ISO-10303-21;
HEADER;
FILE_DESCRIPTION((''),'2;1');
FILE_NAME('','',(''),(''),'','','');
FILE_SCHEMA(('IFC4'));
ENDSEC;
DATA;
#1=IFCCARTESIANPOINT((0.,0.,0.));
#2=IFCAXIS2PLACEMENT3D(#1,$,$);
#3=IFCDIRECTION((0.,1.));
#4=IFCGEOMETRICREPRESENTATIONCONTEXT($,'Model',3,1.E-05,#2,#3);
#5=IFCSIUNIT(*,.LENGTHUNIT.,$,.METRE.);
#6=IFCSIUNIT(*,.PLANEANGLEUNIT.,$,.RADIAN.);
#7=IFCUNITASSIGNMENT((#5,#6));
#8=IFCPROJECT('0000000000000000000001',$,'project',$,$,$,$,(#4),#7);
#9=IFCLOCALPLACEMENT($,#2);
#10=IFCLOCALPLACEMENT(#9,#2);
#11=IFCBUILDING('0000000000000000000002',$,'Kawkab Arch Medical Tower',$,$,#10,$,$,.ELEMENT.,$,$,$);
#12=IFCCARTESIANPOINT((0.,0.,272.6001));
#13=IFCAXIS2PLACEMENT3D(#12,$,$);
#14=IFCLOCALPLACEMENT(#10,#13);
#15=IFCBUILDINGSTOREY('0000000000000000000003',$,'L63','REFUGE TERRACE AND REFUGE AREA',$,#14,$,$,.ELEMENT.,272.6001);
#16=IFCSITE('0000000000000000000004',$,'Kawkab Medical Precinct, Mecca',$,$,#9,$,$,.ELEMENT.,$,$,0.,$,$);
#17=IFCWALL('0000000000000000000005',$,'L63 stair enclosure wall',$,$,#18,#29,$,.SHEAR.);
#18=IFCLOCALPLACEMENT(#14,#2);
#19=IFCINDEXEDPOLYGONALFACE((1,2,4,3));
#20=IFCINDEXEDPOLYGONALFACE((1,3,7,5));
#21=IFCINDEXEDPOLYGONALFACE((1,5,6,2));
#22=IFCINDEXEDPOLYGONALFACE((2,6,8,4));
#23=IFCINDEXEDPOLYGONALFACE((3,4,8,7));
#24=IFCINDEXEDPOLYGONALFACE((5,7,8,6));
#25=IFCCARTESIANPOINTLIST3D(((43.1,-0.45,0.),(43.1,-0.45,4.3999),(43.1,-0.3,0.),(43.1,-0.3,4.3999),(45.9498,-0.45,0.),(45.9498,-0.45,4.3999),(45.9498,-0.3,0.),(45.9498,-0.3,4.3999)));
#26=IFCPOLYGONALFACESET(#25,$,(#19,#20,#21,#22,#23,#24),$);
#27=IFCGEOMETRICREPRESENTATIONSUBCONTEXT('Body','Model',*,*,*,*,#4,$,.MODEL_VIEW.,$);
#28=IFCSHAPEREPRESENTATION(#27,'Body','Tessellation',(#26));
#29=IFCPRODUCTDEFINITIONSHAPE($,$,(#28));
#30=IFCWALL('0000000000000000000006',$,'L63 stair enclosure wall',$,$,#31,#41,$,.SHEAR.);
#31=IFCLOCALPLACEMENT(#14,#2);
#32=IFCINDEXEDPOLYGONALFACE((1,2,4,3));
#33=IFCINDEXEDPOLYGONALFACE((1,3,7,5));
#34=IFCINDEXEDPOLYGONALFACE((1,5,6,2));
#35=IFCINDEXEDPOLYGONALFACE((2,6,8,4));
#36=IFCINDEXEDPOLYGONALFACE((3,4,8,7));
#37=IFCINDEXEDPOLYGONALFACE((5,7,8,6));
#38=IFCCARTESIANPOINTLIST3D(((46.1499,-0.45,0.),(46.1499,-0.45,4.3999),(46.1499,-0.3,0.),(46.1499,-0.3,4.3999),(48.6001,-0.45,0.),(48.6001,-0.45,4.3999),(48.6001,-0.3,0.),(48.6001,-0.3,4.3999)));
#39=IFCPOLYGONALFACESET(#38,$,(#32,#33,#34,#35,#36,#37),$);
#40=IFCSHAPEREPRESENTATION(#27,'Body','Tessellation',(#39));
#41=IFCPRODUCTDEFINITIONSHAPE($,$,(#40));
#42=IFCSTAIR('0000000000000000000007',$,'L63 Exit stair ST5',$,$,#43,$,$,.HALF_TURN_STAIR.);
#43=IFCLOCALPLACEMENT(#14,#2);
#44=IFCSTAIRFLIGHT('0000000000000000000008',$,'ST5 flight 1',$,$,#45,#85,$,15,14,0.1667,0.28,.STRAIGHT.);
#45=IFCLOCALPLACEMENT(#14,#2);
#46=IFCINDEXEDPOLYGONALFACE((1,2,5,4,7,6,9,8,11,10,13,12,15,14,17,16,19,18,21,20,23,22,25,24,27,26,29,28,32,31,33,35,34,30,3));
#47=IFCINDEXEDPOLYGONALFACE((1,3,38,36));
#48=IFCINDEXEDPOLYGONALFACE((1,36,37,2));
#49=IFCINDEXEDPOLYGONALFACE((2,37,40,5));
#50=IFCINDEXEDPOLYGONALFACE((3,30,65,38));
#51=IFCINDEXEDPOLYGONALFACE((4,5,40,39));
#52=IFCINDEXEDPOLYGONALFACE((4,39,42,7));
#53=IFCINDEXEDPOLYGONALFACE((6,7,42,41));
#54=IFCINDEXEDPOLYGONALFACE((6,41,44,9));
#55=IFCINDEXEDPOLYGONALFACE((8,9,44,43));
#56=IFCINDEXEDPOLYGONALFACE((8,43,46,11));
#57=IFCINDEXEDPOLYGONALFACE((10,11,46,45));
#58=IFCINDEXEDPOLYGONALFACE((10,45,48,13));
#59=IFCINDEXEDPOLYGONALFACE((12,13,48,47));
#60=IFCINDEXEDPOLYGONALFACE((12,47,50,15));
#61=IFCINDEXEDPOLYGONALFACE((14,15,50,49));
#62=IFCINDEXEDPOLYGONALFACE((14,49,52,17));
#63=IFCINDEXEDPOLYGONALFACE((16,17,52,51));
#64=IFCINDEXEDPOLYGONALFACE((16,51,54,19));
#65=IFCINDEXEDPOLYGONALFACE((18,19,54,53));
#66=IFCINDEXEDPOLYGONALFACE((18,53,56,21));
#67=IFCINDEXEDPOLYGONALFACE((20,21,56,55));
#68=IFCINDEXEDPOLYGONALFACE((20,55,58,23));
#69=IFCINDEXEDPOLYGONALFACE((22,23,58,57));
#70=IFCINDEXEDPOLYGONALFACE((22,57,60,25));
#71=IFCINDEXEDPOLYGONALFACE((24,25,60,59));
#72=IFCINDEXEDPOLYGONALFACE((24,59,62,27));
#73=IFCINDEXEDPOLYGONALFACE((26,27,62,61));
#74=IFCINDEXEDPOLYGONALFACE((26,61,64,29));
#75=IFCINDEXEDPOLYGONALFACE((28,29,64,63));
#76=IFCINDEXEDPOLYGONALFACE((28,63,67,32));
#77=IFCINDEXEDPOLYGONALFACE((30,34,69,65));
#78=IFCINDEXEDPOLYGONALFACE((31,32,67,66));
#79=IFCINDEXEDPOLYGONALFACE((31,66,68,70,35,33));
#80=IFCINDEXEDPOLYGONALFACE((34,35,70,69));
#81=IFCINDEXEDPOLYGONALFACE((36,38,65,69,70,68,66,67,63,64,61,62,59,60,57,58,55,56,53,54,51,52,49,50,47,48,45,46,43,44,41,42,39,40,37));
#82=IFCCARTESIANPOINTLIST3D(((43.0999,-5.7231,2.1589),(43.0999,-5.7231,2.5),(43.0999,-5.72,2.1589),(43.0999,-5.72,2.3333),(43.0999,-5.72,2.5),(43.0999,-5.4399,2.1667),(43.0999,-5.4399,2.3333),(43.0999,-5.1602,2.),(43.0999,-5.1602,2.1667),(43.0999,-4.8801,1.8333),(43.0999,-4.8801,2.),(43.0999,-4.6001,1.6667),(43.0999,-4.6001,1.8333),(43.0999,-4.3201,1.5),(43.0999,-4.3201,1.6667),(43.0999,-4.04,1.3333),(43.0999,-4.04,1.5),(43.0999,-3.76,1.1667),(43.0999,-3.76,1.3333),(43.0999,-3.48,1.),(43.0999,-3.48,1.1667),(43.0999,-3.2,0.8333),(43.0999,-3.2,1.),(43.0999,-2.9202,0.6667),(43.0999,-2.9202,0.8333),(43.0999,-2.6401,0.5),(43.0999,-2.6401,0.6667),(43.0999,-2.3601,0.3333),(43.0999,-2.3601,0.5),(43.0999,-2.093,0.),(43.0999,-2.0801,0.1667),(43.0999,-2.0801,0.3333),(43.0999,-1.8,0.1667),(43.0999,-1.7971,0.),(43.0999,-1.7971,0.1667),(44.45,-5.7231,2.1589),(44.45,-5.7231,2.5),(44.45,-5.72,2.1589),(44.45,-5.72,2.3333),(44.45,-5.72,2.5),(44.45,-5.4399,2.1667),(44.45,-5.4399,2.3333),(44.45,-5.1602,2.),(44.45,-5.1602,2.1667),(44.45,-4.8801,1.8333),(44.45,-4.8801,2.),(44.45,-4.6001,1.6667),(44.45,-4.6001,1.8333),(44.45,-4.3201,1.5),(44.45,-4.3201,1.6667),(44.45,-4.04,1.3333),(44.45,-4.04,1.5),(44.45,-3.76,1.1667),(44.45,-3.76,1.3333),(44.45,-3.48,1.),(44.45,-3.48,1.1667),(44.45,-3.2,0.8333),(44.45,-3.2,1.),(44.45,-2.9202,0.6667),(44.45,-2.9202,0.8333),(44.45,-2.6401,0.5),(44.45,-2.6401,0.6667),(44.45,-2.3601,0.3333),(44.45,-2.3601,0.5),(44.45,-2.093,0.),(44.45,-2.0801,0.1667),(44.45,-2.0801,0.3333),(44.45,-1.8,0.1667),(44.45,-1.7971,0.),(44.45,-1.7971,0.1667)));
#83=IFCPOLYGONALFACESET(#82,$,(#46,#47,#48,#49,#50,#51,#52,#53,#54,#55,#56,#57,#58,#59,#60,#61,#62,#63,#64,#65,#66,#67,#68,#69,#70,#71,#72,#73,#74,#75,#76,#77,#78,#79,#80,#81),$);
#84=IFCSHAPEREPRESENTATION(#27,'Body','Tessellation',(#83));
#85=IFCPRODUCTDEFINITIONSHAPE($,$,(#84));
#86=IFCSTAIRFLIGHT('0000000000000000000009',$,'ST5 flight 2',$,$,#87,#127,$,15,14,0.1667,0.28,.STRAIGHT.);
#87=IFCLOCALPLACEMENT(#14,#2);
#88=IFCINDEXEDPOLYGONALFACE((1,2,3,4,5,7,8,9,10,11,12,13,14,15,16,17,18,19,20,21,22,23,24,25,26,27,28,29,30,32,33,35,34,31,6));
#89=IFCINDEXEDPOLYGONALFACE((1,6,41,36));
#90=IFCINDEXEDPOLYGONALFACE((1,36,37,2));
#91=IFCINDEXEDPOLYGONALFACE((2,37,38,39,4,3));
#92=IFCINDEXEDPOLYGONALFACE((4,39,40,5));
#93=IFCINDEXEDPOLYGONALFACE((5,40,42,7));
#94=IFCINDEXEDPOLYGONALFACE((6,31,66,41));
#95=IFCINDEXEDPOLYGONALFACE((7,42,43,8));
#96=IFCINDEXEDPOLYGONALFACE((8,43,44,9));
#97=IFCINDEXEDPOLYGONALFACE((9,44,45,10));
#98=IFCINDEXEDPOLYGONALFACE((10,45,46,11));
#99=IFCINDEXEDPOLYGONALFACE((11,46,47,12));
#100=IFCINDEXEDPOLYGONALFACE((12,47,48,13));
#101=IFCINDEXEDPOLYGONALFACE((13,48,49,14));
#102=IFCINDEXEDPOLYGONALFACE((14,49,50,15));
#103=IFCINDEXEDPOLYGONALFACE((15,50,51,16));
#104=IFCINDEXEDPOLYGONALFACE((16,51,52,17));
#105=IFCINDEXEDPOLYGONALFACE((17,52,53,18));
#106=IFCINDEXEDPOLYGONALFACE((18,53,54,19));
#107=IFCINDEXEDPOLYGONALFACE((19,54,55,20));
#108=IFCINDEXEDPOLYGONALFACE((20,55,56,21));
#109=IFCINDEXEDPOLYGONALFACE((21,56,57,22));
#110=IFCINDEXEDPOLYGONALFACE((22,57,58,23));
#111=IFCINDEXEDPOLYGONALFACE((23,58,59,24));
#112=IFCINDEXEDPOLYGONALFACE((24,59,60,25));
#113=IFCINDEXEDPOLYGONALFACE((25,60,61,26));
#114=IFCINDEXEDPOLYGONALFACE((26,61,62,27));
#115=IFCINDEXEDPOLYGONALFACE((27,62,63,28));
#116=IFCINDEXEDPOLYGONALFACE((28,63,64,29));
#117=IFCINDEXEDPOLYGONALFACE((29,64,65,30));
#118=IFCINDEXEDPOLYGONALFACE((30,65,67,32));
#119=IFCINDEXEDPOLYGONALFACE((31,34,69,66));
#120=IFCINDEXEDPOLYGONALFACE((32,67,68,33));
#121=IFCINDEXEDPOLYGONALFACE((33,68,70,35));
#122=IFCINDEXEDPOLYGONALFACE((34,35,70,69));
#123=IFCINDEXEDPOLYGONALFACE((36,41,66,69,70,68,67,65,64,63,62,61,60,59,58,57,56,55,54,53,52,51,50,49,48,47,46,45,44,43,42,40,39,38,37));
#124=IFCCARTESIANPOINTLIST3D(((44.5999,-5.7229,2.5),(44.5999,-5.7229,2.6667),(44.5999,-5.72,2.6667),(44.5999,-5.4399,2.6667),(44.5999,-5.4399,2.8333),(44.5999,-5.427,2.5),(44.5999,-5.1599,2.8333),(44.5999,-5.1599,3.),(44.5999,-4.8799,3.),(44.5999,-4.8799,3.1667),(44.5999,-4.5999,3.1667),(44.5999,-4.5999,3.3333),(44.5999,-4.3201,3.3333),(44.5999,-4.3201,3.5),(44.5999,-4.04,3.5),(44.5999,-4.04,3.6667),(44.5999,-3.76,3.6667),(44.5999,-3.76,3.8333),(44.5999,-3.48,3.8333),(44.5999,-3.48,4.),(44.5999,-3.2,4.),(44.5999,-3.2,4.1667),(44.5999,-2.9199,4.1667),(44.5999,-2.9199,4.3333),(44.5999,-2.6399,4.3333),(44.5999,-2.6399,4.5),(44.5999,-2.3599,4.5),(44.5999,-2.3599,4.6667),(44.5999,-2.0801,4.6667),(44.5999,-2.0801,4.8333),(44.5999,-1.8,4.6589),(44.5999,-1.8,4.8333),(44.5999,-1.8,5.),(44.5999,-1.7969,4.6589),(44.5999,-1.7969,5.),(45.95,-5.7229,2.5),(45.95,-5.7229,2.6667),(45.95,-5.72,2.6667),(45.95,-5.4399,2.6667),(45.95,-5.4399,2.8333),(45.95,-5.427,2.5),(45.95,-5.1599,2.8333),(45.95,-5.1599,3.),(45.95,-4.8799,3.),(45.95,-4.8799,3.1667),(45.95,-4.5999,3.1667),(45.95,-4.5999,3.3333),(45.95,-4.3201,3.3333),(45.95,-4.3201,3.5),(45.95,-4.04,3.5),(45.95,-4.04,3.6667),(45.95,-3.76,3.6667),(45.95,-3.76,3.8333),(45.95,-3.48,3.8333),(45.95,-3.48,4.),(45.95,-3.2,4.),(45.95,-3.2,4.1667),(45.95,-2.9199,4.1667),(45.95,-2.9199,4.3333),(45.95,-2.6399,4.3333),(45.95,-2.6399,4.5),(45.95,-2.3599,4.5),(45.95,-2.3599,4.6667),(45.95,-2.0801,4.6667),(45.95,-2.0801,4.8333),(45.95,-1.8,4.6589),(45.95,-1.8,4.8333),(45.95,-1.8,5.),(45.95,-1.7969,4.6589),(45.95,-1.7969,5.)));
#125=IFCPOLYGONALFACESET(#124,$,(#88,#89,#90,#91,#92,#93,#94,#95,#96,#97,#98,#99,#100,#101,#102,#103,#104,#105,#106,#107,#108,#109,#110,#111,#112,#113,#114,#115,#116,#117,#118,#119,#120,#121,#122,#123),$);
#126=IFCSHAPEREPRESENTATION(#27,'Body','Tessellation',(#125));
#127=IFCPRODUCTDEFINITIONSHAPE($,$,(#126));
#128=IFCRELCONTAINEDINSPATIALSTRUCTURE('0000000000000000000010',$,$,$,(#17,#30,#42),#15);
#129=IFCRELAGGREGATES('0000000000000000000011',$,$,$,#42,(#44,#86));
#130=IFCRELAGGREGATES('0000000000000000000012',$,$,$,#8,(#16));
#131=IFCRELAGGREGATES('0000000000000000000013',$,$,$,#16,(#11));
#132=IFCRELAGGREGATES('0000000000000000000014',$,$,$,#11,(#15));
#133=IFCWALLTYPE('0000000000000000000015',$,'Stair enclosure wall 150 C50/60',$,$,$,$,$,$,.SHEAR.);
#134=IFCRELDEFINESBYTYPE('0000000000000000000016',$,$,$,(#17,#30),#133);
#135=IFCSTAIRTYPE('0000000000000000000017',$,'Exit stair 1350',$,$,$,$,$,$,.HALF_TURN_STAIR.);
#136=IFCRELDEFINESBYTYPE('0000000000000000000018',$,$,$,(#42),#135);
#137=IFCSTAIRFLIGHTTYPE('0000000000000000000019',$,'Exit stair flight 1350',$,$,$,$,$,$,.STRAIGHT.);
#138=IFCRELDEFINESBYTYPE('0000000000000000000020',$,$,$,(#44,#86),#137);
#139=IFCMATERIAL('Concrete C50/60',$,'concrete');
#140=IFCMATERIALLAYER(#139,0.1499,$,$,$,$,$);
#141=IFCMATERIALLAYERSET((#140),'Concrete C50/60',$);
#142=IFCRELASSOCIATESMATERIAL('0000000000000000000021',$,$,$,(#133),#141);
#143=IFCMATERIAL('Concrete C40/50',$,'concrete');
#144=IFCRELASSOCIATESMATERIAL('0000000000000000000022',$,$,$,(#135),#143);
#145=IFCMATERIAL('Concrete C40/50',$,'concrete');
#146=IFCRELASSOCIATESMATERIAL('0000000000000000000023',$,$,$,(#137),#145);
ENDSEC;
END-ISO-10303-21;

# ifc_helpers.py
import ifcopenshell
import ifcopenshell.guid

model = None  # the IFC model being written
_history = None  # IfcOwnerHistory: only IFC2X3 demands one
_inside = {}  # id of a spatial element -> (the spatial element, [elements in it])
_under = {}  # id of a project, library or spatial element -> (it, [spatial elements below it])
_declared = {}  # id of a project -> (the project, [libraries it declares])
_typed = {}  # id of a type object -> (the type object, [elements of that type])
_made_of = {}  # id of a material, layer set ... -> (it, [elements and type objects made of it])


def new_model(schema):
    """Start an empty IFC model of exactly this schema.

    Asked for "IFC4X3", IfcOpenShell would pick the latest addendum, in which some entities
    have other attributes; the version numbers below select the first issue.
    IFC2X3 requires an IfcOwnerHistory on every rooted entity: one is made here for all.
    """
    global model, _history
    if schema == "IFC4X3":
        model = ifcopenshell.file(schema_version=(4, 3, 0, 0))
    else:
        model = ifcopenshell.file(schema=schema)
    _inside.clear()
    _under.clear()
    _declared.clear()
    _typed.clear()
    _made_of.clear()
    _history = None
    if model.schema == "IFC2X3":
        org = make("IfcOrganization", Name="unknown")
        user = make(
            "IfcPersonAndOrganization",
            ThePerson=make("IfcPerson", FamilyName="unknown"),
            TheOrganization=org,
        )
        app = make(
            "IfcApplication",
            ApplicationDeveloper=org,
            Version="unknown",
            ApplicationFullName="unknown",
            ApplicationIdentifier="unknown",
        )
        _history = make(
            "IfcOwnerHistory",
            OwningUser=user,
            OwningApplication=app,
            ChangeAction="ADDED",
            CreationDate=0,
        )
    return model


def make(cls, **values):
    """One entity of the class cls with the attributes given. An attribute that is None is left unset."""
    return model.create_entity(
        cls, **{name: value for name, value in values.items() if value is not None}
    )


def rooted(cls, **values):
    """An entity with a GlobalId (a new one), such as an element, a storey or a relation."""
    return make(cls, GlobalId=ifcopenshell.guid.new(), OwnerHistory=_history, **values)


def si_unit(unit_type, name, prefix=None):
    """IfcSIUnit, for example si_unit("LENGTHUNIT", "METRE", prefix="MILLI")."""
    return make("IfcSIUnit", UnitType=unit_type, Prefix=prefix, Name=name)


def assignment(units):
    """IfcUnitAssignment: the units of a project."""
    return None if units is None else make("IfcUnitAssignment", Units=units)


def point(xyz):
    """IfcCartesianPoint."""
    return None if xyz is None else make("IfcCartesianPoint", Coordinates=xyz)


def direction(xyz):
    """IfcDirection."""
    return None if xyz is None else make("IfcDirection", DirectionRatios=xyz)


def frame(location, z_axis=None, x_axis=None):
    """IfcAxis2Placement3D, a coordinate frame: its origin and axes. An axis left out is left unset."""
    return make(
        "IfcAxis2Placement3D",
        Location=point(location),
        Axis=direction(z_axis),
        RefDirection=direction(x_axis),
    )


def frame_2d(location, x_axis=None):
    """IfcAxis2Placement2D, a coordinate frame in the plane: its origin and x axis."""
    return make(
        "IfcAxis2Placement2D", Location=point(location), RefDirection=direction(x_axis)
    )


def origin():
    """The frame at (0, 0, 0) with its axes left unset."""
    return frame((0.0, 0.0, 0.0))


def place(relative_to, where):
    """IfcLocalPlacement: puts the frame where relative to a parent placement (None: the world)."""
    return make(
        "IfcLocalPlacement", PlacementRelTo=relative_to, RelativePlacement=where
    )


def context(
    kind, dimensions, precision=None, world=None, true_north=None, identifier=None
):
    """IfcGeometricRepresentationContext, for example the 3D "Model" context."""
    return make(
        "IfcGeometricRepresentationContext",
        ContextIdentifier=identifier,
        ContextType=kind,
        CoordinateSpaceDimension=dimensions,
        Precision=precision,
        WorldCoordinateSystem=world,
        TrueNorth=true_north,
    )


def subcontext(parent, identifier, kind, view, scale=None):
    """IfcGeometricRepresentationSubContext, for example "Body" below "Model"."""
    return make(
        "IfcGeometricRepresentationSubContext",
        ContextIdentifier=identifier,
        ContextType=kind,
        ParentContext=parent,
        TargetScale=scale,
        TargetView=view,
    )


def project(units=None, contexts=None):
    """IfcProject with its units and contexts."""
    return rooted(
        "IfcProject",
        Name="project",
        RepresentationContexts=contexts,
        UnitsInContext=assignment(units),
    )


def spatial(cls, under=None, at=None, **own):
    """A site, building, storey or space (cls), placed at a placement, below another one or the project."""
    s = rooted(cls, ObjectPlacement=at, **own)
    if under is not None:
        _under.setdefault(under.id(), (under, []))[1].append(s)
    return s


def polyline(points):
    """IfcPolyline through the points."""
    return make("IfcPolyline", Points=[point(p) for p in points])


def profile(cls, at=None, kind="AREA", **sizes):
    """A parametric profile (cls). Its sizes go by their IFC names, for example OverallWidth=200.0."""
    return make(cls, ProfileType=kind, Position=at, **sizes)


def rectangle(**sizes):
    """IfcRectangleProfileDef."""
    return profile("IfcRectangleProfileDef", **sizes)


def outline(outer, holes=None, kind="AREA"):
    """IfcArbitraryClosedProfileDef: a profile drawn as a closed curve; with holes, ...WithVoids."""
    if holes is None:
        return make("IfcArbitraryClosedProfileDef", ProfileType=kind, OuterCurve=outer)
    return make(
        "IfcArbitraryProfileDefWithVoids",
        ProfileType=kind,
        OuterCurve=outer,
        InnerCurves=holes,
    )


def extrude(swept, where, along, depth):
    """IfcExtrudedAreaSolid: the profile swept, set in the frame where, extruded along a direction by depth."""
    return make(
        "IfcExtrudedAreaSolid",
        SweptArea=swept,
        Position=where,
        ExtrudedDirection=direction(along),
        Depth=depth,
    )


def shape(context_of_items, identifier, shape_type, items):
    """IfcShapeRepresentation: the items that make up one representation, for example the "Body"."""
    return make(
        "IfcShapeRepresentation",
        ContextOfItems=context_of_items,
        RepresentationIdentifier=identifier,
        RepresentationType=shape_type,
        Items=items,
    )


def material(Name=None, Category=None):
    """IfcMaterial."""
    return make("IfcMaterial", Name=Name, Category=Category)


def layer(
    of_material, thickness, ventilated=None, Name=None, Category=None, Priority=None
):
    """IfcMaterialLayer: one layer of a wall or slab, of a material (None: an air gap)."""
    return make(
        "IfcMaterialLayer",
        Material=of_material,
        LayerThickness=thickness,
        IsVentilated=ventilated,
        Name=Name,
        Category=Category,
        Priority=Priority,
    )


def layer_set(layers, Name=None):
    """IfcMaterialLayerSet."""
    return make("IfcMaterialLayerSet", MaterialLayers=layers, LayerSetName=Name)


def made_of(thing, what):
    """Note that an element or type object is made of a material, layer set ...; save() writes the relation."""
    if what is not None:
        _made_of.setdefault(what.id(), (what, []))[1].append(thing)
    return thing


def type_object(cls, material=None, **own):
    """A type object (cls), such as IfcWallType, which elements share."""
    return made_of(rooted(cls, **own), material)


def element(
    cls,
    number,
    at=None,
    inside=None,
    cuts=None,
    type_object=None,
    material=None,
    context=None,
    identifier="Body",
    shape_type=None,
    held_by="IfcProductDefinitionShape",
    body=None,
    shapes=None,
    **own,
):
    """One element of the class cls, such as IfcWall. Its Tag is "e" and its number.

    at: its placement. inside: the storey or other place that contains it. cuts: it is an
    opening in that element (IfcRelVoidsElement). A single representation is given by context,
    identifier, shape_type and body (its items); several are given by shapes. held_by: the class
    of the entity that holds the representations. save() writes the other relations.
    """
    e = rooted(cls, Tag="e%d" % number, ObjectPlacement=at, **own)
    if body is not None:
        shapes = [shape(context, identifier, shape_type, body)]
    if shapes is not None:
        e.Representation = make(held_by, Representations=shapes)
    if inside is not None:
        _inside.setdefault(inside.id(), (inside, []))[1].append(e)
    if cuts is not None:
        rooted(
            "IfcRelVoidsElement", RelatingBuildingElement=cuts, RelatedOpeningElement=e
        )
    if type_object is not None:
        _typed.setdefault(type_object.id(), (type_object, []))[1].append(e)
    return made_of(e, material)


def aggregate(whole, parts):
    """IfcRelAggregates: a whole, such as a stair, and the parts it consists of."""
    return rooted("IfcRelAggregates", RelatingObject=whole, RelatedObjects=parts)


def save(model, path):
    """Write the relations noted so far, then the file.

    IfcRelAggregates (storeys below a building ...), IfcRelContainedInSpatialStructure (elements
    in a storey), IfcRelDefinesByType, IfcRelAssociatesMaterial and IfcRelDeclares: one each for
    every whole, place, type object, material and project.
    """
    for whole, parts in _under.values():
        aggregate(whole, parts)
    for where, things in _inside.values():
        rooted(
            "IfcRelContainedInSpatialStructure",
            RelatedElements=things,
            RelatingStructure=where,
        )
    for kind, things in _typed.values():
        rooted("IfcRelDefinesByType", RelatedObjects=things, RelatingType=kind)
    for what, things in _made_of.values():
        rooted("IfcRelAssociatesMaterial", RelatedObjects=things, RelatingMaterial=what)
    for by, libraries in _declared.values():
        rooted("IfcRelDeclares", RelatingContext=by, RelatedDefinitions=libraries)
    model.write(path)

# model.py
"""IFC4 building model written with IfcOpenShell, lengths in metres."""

from ifc_helpers import new_model, si_unit, direction, frame, frame_2d, origin, place, context, subcontext, project, spatial, polyline, rectangle, outline, extrude, material, layer, layer_set, type_object, element, aggregate, save


model = new_model("IFC4")

# Units and contexts
model_context = context("Model", 3, precision=1e-05, world=origin(), true_north=direction((0.0, 1.0)))
body_context = subcontext(model_context, "Body", "Model", "MODEL_VIEW")
ifc_project = project(units=[si_unit("LENGTHUNIT", "METRE"), si_unit("PLANEANGLEUNIT", "RADIAN")], contexts=[model_context])

# Site, building, storey
site_placement = place(None, origin())
site = spatial("IfcSite", under=ifc_project, at=site_placement, Name="Kawkab Medical Precinct, Mecca", CompositionType="ELEMENT", RefElevation=0.0)
building_placement = place(site_placement, origin())
building = spatial("IfcBuilding", under=site, at=building_placement, Name="Kawkab Arch Medical Tower", CompositionType="ELEMENT")
storey_placement = place(building_placement, frame((0.0, 0.0, 272.6001)))
storey = spatial("IfcBuildingStorey", under=building, at=storey_placement, Name="L63", Description="REFUGE TERRACE AND REFUGE AREA", CompositionType="ELEMENT", Elevation=272.6001)

# Shared definitions
placement = place(storey_placement, origin())

# Walls
ifc_material_1 = material(Name="Concrete C50/60", Category="concrete")
ifc_layer_1 = layer(ifc_material_1, 0.1499)
ifc_layer_set_1 = layer_set([ifc_layer_1], Name="Concrete C50/60")
wall_type_1 = type_object("IfcWallType", Name="Stair enclosure wall 150 C50/60", PredefinedType="SHEAR", material=ifc_layer_set_1)
wall_1_placement = place(storey_placement, frame((43.1001, -0.375, 0.0), z_axis=(0.0, 0.0, 1.0), x_axis=(1.0, 0.0, 0.0)))
element("IfcWall", 1, at=wall_1_placement, inside=storey, type_object=wall_type_1, Name="L63 stair enclosure wall", PredefinedType="SHEAR", context=body_context, shape_type="SweptSolid", body=[
    extrude(rectangle(XDim=2.8499, YDim=0.1499, at=frame_2d((1.4248, 0.0))), origin(), (0.0, 0.0, 1.0), 4.3999),
])
wall_2_placement = place(storey_placement, frame((46.1499, -0.375, 0.0), z_axis=(0.0, 0.0, 1.0), x_axis=(1.0, 0.0, 0.0)))
element("IfcWall", 2, at=wall_2_placement, inside=storey, type_object=wall_type_1, Name="L63 stair enclosure wall", PredefinedType="SHEAR", context=body_context, shape_type="SweptSolid", body=[
    extrude(rectangle(XDim=2.4502, YDim=0.1499, at=frame_2d((1.2251, 0.0))), origin(), (0.0, 0.0, 1.0), 4.3999),
])

# Stair, stair flights
ifc_material_2 = material(Name="Concrete C40/50", Category="concrete")
stair_type = type_object("IfcStairType", Name="Exit stair 1350", PredefinedType="HALF_TURN_STAIR", material=ifc_material_2)
stair = element("IfcStair", 3, at=placement, inside=storey, type_object=stair_type, Name="L63 Exit stair ST5", PredefinedType="HALF_TURN_STAIR")
ifc_material_3 = material(Name="Concrete C40/50", Category="concrete")
stair_flight_type = type_object("IfcStairFlightType", Name="Exit stair flight 1350", PredefinedType="STRAIGHT", material=ifc_material_3)
stair_flight_1_placement = place(storey_placement, frame((43.7749, -1.8, 0.0), z_axis=(0.0, 0.0, 1.0), x_axis=(0.0, -1.0, 0.0)))
stair_flight_1 = element("IfcStairFlight", 4, at=stair_flight_1_placement, type_object=stair_flight_type, Name="ST5 flight 1", NumberOfRisers=15, NumberOfTreads=14, PredefinedType="STRAIGHT", RiserHeight=0.1667, TreadLength=0.28, context=body_context, shape_type="SweptSolid", body=[
    extrude(outline(polyline([(-0.0029, 0.0), (-0.0029, 0.1667), (0.0, 0.1667), (0.28, 0.1667), (0.28, 0.3333), (0.5601, 0.3333), (0.5601, 0.5), (0.8401, 0.5), (0.8401, 0.6667), (1.1201, 0.6667), (1.1201, 0.8333), (1.3999, 0.8333), (1.3999, 1.0), (1.6799, 1.0), (1.6799, 1.1667), (1.96, 1.1667), (1.96, 1.3333), (2.24, 1.3333), (2.24, 1.5), (2.52, 1.5), (2.52, 1.6667), (2.8, 1.6667), (2.8, 1.8333), (3.0801, 1.8333), (3.0801, 2.0), (3.3601, 2.0), (3.3601, 2.1667), (3.6399, 2.1667), (3.6399, 2.3333), (3.9199, 2.3333), (3.9199, 2.5), (3.9231, 2.5), (3.9231, 2.1589), (3.9199, 2.1589), (0.293, 0.0), (-0.0029, 0.0)])), frame((0.0, 0.675, 0.0), z_axis=(0.0, -1.0, 0.0), x_axis=(1.0, 0.0, 0.0)), (0.0, 0.0, 1.0), 1.3501),
])
stair_flight_2_placement = place(storey_placement, frame((45.2749, -5.72, 2.5), z_axis=(0.0, 0.0, 1.0), x_axis=(0.0, 1.0, 0.0)))
stair_flight_2 = element("IfcStairFlight", 5, at=stair_flight_2_placement, type_object=stair_flight_type, Name="ST5 flight 2", NumberOfRisers=15, NumberOfTreads=14, PredefinedType="STRAIGHT", RiserHeight=0.1667, TreadLength=0.28, context=body_context, shape_type="SweptSolid", body=[
    extrude(outline(polyline([(-0.0029, 0.0), (-0.0029, 0.1667), (0.0, 0.1667), (0.28, 0.1667), (0.28, 0.3333), (0.5601, 0.3333), (0.5601, 0.5), (0.8401, 0.5), (0.8401, 0.6667), (1.1201, 0.6667), (1.1201, 0.8333), (1.3999, 0.8333), (1.3999, 1.0), (1.6799, 1.0), (1.6799, 1.1667), (1.96, 1.1667), (1.96, 1.3333), (2.24, 1.3333), (2.24, 1.5), (2.52, 1.5), (2.52, 1.6667), (2.8, 1.6667), (2.8, 1.8333), (3.0801, 1.8333), (3.0801, 2.0), (3.3601, 2.0), (3.3601, 2.1667), (3.6399, 2.1667), (3.6399, 2.3333), (3.9199, 2.3333), (3.9199, 2.5), (3.9231, 2.5), (3.9231, 2.1589), (3.9199, 2.1589), (0.293, 0.0), (-0.0029, 0.0)])), frame((0.0, 0.675, 0.0), z_axis=(0.0, -1.0, 0.0), x_axis=(1.0, 0.0, 0.0)), (0.0, 0.0, 1.0), 1.3501),
])
aggregate(stair, [stair_flight_1, stair_flight_2])

save(model, "model.ifc")
